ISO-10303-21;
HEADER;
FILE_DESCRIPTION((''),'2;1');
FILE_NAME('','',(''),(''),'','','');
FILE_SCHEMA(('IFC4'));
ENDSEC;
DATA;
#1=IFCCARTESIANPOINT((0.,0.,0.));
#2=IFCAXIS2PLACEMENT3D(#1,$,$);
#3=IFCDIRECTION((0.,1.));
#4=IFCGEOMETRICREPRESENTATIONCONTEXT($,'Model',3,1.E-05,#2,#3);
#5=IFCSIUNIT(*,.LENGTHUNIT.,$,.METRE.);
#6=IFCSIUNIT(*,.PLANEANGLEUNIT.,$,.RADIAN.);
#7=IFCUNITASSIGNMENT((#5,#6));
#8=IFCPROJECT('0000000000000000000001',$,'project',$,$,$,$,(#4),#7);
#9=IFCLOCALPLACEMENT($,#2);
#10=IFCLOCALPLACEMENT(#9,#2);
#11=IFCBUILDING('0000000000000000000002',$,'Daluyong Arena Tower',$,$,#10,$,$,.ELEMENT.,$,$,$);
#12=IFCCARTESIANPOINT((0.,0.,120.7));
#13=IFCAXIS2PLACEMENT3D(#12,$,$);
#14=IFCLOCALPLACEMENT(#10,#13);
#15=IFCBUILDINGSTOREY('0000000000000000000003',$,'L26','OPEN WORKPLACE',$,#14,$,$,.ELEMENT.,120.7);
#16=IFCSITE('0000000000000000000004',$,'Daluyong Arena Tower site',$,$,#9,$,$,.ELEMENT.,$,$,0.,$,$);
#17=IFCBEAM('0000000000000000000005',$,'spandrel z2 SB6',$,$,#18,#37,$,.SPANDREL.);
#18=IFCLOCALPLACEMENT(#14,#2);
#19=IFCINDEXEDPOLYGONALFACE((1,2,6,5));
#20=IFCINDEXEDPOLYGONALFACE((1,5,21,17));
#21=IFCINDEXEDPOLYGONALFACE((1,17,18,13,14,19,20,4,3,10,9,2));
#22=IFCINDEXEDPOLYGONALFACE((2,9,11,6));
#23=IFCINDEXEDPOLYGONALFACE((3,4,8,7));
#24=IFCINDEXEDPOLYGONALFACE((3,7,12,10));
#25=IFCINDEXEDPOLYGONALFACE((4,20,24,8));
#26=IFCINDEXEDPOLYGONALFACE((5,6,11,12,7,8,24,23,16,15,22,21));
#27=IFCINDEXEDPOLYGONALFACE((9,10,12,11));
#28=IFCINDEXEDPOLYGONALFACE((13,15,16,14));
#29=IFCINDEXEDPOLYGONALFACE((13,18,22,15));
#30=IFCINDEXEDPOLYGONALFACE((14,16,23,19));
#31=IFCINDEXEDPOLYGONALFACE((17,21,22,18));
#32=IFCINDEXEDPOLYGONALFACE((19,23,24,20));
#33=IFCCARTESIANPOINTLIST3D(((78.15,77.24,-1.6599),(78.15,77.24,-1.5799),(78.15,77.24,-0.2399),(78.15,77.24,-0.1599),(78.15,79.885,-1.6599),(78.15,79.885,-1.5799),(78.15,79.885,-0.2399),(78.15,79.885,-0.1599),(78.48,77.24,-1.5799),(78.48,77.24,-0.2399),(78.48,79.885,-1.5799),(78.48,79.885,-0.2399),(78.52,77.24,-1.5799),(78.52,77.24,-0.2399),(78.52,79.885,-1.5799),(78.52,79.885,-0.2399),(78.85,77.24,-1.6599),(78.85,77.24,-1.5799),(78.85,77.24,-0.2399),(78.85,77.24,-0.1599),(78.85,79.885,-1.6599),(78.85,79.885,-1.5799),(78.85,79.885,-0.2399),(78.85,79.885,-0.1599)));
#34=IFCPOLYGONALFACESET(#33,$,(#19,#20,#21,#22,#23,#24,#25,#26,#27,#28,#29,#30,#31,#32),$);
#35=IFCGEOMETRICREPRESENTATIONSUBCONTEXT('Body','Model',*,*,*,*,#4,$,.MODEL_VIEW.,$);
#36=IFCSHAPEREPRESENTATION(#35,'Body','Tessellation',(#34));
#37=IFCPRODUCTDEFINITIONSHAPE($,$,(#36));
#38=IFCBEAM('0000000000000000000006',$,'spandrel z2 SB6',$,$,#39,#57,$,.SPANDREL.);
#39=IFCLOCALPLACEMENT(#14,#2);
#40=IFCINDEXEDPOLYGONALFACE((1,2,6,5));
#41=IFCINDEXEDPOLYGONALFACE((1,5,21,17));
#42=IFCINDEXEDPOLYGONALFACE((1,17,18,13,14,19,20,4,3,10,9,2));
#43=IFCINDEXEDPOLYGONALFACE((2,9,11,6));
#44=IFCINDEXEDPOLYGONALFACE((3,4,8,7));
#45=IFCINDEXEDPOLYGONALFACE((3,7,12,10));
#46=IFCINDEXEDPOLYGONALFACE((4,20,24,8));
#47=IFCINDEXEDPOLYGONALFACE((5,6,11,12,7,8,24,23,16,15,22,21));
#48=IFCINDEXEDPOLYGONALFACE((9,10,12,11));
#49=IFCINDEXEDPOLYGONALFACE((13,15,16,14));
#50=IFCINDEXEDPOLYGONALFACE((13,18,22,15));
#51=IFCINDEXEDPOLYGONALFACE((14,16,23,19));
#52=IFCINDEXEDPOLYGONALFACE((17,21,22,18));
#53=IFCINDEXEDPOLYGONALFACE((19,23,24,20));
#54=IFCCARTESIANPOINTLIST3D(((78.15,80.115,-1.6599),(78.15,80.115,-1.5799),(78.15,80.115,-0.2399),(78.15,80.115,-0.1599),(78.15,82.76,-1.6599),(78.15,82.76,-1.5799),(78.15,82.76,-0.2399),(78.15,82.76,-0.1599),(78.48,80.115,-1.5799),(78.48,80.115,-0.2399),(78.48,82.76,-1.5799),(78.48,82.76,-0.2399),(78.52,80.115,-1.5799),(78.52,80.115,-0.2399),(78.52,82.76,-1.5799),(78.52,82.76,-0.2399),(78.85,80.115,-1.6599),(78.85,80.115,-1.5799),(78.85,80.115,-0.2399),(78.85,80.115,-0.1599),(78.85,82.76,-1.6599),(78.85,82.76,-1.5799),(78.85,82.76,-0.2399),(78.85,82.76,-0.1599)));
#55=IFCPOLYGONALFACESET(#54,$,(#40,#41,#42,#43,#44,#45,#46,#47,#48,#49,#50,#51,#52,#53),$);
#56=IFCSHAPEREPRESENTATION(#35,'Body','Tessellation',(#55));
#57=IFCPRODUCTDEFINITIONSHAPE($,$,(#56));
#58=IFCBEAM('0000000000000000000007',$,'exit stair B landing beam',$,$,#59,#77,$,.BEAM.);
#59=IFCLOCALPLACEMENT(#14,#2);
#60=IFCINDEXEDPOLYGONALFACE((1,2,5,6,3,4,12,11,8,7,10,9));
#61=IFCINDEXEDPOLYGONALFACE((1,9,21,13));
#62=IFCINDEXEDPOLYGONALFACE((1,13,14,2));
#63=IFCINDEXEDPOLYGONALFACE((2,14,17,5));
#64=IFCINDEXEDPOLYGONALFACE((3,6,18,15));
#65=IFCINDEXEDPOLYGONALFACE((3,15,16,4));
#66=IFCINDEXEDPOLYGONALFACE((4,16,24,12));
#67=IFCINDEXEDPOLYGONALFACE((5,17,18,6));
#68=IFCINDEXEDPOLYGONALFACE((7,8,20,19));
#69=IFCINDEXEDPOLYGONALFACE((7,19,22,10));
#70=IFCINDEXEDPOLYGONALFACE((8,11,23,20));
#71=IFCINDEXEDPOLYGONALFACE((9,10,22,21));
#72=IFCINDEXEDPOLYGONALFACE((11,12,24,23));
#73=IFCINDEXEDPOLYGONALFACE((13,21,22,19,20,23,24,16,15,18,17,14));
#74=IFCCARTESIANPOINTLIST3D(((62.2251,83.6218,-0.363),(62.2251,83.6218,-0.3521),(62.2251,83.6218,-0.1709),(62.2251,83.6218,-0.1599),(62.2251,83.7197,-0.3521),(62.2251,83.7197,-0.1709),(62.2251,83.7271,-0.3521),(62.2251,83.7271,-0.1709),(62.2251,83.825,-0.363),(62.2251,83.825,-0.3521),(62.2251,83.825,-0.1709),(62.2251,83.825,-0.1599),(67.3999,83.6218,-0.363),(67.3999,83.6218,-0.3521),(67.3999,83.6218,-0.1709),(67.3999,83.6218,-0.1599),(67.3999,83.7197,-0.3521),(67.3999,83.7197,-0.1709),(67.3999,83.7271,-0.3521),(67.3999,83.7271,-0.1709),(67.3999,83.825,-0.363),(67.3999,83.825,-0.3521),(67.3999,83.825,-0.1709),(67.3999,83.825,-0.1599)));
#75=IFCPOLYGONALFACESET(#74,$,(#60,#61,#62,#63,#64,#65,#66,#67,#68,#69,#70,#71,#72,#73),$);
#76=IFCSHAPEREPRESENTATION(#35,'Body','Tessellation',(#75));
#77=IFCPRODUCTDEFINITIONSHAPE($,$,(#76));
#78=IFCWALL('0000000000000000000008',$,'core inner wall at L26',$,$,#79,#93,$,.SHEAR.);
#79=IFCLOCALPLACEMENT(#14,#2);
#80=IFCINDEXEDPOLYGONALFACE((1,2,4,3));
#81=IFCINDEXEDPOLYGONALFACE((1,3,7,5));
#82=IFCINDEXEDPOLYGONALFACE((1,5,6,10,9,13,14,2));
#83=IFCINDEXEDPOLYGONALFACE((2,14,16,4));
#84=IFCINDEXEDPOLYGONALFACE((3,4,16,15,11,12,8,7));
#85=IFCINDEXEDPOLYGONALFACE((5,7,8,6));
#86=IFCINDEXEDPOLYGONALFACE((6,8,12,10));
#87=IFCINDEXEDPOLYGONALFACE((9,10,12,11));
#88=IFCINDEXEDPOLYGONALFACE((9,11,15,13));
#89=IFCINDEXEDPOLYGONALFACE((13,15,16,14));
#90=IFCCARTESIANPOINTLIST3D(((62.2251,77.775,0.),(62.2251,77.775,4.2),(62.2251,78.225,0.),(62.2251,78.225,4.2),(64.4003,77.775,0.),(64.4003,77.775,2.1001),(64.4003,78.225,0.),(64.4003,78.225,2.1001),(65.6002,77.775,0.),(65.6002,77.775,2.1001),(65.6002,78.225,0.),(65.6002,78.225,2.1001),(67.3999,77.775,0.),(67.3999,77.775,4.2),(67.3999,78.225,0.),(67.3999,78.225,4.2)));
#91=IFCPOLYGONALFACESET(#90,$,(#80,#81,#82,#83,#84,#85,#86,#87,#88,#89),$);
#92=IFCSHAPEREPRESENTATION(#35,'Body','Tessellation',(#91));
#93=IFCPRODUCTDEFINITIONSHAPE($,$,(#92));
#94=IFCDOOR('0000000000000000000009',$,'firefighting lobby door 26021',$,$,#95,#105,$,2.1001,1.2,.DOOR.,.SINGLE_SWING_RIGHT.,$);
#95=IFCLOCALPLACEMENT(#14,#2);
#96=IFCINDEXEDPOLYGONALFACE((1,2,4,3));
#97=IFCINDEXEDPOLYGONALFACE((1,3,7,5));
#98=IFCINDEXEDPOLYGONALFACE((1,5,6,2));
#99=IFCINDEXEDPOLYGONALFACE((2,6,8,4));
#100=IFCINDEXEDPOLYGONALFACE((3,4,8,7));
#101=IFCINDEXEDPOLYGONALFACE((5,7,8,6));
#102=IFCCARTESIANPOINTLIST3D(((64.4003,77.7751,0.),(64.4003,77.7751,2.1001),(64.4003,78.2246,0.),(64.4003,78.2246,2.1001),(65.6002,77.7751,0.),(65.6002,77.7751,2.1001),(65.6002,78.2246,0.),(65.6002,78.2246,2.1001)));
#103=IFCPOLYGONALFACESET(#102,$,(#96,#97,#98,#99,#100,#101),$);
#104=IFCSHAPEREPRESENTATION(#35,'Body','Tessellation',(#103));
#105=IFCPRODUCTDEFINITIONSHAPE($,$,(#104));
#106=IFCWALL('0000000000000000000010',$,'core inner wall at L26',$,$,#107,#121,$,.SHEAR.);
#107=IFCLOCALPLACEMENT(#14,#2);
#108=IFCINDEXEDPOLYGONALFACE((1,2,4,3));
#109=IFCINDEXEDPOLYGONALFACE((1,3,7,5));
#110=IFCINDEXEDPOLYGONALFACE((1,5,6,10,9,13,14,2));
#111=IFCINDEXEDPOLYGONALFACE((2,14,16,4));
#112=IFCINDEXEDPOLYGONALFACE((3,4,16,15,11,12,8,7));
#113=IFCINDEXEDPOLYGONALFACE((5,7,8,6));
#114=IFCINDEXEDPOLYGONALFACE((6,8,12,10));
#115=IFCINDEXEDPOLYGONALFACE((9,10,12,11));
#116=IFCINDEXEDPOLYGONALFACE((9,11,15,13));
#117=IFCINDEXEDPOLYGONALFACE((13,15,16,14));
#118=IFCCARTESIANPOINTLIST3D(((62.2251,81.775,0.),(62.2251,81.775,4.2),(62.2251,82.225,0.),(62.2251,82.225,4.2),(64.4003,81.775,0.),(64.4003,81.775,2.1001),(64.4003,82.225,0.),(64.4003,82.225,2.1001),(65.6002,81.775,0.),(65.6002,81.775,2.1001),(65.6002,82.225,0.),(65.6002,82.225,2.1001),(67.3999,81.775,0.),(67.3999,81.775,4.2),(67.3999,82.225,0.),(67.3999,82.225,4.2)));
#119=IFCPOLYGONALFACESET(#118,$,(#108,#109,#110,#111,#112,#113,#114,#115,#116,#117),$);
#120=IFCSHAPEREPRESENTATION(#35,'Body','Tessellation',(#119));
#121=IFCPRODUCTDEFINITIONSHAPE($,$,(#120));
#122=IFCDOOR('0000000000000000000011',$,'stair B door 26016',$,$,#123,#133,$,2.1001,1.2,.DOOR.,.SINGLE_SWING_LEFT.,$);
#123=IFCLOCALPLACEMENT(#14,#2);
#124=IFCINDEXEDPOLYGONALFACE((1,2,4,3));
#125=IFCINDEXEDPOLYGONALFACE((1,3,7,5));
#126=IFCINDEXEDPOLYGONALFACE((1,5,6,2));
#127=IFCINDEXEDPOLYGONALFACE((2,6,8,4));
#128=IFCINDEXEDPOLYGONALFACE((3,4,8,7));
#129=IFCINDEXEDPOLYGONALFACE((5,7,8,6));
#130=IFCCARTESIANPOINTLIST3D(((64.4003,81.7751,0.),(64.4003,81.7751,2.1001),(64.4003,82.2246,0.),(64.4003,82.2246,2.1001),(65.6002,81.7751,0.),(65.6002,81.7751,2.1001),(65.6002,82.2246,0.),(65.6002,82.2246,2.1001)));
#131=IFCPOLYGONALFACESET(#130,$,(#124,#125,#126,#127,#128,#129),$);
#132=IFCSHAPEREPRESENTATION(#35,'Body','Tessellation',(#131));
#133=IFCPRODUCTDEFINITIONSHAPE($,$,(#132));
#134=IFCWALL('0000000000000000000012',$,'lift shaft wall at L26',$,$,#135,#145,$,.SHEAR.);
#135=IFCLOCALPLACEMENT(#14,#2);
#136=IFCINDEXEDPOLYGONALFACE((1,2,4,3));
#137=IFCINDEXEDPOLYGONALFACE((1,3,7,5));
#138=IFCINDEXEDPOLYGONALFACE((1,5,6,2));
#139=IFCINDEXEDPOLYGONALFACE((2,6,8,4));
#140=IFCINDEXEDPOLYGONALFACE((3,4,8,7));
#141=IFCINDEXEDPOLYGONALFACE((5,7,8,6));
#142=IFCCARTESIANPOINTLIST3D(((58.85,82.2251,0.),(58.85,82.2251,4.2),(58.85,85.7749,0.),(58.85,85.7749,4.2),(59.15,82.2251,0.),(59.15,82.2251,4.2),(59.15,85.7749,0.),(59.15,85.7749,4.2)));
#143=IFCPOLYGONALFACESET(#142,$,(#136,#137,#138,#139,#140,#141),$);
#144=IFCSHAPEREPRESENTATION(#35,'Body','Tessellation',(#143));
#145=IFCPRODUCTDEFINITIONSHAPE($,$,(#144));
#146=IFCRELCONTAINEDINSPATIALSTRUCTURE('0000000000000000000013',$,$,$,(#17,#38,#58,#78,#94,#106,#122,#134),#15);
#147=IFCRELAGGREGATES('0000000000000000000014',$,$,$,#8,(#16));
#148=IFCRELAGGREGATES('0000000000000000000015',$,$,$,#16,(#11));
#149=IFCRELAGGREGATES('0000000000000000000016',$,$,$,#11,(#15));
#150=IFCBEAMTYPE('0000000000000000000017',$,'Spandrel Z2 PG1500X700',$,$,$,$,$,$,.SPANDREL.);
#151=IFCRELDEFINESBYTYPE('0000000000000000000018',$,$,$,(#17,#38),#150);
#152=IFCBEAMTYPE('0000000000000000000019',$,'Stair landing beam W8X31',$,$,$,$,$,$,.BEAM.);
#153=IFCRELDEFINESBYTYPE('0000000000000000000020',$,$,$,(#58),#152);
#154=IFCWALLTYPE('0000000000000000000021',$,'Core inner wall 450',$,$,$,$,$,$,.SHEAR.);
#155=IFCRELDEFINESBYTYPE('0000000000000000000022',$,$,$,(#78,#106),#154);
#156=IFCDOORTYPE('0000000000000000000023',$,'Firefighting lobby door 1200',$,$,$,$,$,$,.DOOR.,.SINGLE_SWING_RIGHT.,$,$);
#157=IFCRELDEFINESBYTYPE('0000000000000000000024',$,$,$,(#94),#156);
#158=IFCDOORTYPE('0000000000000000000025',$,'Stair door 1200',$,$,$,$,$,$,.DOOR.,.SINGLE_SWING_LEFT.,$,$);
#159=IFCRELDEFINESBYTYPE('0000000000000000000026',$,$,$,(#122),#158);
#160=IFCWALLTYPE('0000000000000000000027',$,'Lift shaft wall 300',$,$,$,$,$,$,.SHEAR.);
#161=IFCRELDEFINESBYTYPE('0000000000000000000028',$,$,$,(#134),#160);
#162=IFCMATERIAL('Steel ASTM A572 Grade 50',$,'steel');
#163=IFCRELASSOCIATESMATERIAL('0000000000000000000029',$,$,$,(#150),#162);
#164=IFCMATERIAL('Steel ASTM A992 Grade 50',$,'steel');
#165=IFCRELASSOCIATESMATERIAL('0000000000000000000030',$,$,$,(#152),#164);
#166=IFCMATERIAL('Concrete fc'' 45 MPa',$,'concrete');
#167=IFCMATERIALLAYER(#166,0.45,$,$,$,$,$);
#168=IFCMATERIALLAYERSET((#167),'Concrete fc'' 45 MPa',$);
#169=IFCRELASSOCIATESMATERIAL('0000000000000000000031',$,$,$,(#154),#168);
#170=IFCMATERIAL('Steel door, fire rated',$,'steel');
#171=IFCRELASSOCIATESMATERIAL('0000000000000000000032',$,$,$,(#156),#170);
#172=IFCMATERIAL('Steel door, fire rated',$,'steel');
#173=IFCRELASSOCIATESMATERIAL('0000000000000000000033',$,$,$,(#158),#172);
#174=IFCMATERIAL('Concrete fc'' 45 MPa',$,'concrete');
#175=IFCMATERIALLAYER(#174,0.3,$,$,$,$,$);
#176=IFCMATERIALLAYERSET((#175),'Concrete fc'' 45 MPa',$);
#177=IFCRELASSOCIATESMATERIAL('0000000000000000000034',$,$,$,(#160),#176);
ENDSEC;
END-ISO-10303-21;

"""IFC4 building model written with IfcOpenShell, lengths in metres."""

from ifc_helpers import new_model, si_unit, direction, frame, frame_2d, origin, origin_2d, place, context, subcontext, project, spatial, rectangle, i_section, extrude, material, layer, layer_set, material_profile, profile_set, type_object, element, fill, save


model = new_model("IFC4")

# Units and contexts
model_context = context("Model", 3, precision=1e-05, world=origin(), true_north=direction((0.0, 1.0)))
body_context = subcontext(model_context, "Body", "Model", "MODEL_VIEW")
ifc_project = project(units=[si_unit("LENGTHUNIT", "METRE"), si_unit("PLANEANGLEUNIT", "RADIAN")], contexts=[model_context])

# Site, building, storey
site_placement = place(None, origin())
site = spatial("IfcSite", under=ifc_project, at=site_placement, Name="Daluyong Arena Tower site", CompositionType="ELEMENT", RefElevation=0.0)
building_placement = place(site_placement, origin())
building = spatial("IfcBuilding", under=site, at=building_placement, Name="Daluyong Arena Tower", CompositionType="ELEMENT")
storey_placement = place(building_placement, frame((0.0, 0.0, 120.7)))
storey = spatial("IfcBuildingStorey", under=building, at=storey_placement, Name="L26", Description="OPEN WORKPLACE", CompositionType="ELEMENT", Elevation=120.7)

# Beams
ifc_material_1 = material(Name="Steel ASTM A572 Grade 50", Category="steel")
ifc_material_profile_1 = material_profile(ifc_material_1, i_section(OverallWidth=0.7, OverallDepth=1.5, WebThickness=0.04, FlangeThickness=0.08, at=origin_2d()))
ifc_profile_set_1 = profile_set([ifc_material_profile_1], Name="Steel ASTM A572 Grade 50")
beam_type_1 = type_object("IfcBeamType", Name="Spandrel Z2 PG1500X700", PredefinedType="SPANDREL", material=ifc_profile_set_1)
for number, where, z_axis, x_axis, name in (
    (1, (78.5, 77.24, -0.9099), (0.0, 1.0, 0.0), (-1.0, 0.0, 0.0), "spandrel z2 SB6"),
    (2, (78.5, 80.115, -0.9099), (0.0, 1.0, 0.0), (-1.0, 0.0, 0.0), "spandrel z2 SB6"),
):
    element("IfcBeam", number, at=place(storey_placement, frame(where, z_axis=z_axis, x_axis=x_axis)), inside=storey, type_object=beam_type_1, Name=name, PredefinedType="SPANDREL", context=body_context, shape_type="SweptSolid", body=[
        extrude(i_section(OverallWidth=0.7, OverallDepth=1.5, WebThickness=0.04, FlangeThickness=0.08, at=origin_2d()), origin(), (0.0, 0.0, 1.0), 2.645),
    ])
ifc_material_2 = material(Name="Steel ASTM A992 Grade 50", Category="steel")
ifc_material_profile_2 = material_profile(ifc_material_2, i_section(OverallWidth=0.2031, OverallDepth=0.2031, WebThickness=0.0073, FlangeThickness=0.011, at=origin_2d()))
ifc_profile_set_2 = profile_set([ifc_material_profile_2], Name="Steel ASTM A992 Grade 50")
beam_type_2 = type_object("IfcBeamType", Name="Stair landing beam W8X31", PredefinedType="BEAM", material=ifc_profile_set_2)
beam_1_placement = place(storey_placement, frame((62.2251, 83.7234, -0.2615), z_axis=(1.0, 0.0, 0.0), x_axis=(0.0, 1.0, 0.0)))
element("IfcBeam", 3, at=beam_1_placement, inside=storey, type_object=beam_type_2, Name="exit stair B landing beam", PredefinedType="BEAM", context=body_context, shape_type="SweptSolid", body=[
    extrude(i_section(OverallWidth=0.2031, OverallDepth=0.2031, WebThickness=0.0073, FlangeThickness=0.011, at=origin_2d()), origin(), (0.0, 0.0, 1.0), 5.1748),
])

# Walls, openings, doors
ifc_material_3 = material(Name="Concrete fc' 45 MPa", Category="concrete")
ifc_layer_1 = layer(ifc_material_3, 0.45)
ifc_layer_set_1 = layer_set([ifc_layer_1], Name="Concrete fc' 45 MPa")
wall_type_1 = type_object("IfcWallType", Name="Core inner wall 450", PredefinedType="SHEAR", material=ifc_layer_set_1)
wall_1_placement = place(storey_placement, frame((62.2251, 78.0, 0.0), z_axis=(0.0, 0.0, 1.0), x_axis=(1.0, 0.0, 0.0)))
wall_1 = element("IfcWall", 4, at=wall_1_placement, inside=storey, type_object=wall_type_1, Name="core inner wall at L26", PredefinedType="SHEAR", context=body_context, shape_type="SweptSolid", body=[
    extrude(rectangle(XDim=5.1748, YDim=0.45, at=frame_2d((2.5874, 0.0))), origin(), (0.0, 0.0, 1.0), 4.2),
])
opening_1_placement = place(wall_1_placement, frame((2.175, 0.0, 0.0)))
opening_1 = element("IfcOpeningElement", 5, at=opening_1_placement, cuts=wall_1, PredefinedType="OPENING", context=body_context, shape_type="SweptSolid", body=[
    extrude(rectangle(XDim=1.2, YDim=2.1001, at=frame_2d((0.6001, 1.05))), frame((0.0, 0.2349, 0.0), z_axis=(0.0, -1.0, 0.0), x_axis=(1.0, 0.0, 0.0)), (0.0, 0.0, 1.0), 0.47),
])
ifc_material_4 = material(Name="Steel door, fire rated", Category="steel")
door_type_1 = type_object("IfcDoorType", Name="Firefighting lobby door 1200", OperationType="SINGLE_SWING_RIGHT", PredefinedType="DOOR", material=ifc_material_4)
door_1_placement = place(opening_1_placement, origin())
door_1 = element("IfcDoor", 6, at=door_1_placement, inside=storey, type_object=door_type_1, Name="firefighting lobby door 26021", OperationType="SINGLE_SWING_RIGHT", OverallHeight=2.1001, OverallWidth=1.2, PredefinedType="DOOR", context=body_context, shape_type="SweptSolid", body=[
    extrude(rectangle(XDim=1.2, YDim=2.1001, at=frame_2d((0.6001, 1.05))), frame((0.0, 0.2246, 0.0), z_axis=(0.0, -1.0, 0.0), x_axis=(1.0, 0.0, 0.0)), (0.0, 0.0, 1.0), 0.4495),
])
fill(opening_1, door_1)
wall_2_placement = place(storey_placement, frame((62.2251, 82.0, 0.0), z_axis=(0.0, 0.0, 1.0), x_axis=(1.0, 0.0, 0.0)))
wall_2 = element("IfcWall", 7, at=wall_2_placement, inside=storey, type_object=wall_type_1, Name="core inner wall at L26", PredefinedType="SHEAR", context=body_context, shape_type="SweptSolid", body=[
    extrude(rectangle(XDim=5.1748, YDim=0.45, at=frame_2d((2.5874, 0.0))), origin(), (0.0, 0.0, 1.0), 4.2),
])
opening_2_placement = place(wall_2_placement, frame((2.175, 0.0, 0.0)))
opening_2 = element("IfcOpeningElement", 8, at=opening_2_placement, cuts=wall_2, PredefinedType="OPENING", context=body_context, shape_type="SweptSolid", body=[
    extrude(rectangle(XDim=1.2, YDim=2.1001, at=frame_2d((0.6001, 1.05))), frame((0.0, 0.2349, 0.0), z_axis=(0.0, -1.0, 0.0), x_axis=(1.0, 0.0, 0.0)), (0.0, 0.0, 1.0), 0.47),
])
ifc_material_5 = material(Name="Steel door, fire rated", Category="steel")
door_type_2 = type_object("IfcDoorType", Name="Stair door 1200", OperationType="SINGLE_SWING_LEFT", PredefinedType="DOOR", material=ifc_material_5)
door_2_placement = place(opening_2_placement, origin())
door_2 = element("IfcDoor", 9, at=door_2_placement, inside=storey, type_object=door_type_2, Name="stair B door 26016", OperationType="SINGLE_SWING_LEFT", OverallHeight=2.1001, OverallWidth=1.2, PredefinedType="DOOR", context=body_context, shape_type="SweptSolid", body=[
    extrude(rectangle(XDim=1.2, YDim=2.1001, at=frame_2d((0.6001, 1.05))), frame((0.0, 0.2246, 0.0), z_axis=(0.0, -1.0, 0.0), x_axis=(1.0, 0.0, 0.0)), (0.0, 0.0, 1.0), 0.4495),
])
fill(opening_2, door_2)

# Wall
ifc_material_6 = material(Name="Concrete fc' 45 MPa", Category="concrete")
ifc_layer_2 = layer(ifc_material_6, 0.3)
ifc_layer_set_2 = layer_set([ifc_layer_2], Name="Concrete fc' 45 MPa")
wall_type_2 = type_object("IfcWallType", Name="Lift shaft wall 300", PredefinedType="SHEAR", material=ifc_layer_set_2)
wall_3_placement = place(storey_placement, frame((59.0, 82.2251, 0.0), z_axis=(0.0, 0.0, 1.0), x_axis=(0.0, 1.0, 0.0)))
element("IfcWall", 10, at=wall_3_placement, inside=storey, type_object=wall_type_2, Name="lift shaft wall at L26", PredefinedType="SHEAR", context=body_context, shape_type="SweptSolid", body=[
    extrude(rectangle(XDim=3.5498, YDim=0.3, at=frame_2d((1.7749, 0.0))), origin(), (0.0, 0.0, 1.0), 4.2),
])

save(model, "model.ifc")
